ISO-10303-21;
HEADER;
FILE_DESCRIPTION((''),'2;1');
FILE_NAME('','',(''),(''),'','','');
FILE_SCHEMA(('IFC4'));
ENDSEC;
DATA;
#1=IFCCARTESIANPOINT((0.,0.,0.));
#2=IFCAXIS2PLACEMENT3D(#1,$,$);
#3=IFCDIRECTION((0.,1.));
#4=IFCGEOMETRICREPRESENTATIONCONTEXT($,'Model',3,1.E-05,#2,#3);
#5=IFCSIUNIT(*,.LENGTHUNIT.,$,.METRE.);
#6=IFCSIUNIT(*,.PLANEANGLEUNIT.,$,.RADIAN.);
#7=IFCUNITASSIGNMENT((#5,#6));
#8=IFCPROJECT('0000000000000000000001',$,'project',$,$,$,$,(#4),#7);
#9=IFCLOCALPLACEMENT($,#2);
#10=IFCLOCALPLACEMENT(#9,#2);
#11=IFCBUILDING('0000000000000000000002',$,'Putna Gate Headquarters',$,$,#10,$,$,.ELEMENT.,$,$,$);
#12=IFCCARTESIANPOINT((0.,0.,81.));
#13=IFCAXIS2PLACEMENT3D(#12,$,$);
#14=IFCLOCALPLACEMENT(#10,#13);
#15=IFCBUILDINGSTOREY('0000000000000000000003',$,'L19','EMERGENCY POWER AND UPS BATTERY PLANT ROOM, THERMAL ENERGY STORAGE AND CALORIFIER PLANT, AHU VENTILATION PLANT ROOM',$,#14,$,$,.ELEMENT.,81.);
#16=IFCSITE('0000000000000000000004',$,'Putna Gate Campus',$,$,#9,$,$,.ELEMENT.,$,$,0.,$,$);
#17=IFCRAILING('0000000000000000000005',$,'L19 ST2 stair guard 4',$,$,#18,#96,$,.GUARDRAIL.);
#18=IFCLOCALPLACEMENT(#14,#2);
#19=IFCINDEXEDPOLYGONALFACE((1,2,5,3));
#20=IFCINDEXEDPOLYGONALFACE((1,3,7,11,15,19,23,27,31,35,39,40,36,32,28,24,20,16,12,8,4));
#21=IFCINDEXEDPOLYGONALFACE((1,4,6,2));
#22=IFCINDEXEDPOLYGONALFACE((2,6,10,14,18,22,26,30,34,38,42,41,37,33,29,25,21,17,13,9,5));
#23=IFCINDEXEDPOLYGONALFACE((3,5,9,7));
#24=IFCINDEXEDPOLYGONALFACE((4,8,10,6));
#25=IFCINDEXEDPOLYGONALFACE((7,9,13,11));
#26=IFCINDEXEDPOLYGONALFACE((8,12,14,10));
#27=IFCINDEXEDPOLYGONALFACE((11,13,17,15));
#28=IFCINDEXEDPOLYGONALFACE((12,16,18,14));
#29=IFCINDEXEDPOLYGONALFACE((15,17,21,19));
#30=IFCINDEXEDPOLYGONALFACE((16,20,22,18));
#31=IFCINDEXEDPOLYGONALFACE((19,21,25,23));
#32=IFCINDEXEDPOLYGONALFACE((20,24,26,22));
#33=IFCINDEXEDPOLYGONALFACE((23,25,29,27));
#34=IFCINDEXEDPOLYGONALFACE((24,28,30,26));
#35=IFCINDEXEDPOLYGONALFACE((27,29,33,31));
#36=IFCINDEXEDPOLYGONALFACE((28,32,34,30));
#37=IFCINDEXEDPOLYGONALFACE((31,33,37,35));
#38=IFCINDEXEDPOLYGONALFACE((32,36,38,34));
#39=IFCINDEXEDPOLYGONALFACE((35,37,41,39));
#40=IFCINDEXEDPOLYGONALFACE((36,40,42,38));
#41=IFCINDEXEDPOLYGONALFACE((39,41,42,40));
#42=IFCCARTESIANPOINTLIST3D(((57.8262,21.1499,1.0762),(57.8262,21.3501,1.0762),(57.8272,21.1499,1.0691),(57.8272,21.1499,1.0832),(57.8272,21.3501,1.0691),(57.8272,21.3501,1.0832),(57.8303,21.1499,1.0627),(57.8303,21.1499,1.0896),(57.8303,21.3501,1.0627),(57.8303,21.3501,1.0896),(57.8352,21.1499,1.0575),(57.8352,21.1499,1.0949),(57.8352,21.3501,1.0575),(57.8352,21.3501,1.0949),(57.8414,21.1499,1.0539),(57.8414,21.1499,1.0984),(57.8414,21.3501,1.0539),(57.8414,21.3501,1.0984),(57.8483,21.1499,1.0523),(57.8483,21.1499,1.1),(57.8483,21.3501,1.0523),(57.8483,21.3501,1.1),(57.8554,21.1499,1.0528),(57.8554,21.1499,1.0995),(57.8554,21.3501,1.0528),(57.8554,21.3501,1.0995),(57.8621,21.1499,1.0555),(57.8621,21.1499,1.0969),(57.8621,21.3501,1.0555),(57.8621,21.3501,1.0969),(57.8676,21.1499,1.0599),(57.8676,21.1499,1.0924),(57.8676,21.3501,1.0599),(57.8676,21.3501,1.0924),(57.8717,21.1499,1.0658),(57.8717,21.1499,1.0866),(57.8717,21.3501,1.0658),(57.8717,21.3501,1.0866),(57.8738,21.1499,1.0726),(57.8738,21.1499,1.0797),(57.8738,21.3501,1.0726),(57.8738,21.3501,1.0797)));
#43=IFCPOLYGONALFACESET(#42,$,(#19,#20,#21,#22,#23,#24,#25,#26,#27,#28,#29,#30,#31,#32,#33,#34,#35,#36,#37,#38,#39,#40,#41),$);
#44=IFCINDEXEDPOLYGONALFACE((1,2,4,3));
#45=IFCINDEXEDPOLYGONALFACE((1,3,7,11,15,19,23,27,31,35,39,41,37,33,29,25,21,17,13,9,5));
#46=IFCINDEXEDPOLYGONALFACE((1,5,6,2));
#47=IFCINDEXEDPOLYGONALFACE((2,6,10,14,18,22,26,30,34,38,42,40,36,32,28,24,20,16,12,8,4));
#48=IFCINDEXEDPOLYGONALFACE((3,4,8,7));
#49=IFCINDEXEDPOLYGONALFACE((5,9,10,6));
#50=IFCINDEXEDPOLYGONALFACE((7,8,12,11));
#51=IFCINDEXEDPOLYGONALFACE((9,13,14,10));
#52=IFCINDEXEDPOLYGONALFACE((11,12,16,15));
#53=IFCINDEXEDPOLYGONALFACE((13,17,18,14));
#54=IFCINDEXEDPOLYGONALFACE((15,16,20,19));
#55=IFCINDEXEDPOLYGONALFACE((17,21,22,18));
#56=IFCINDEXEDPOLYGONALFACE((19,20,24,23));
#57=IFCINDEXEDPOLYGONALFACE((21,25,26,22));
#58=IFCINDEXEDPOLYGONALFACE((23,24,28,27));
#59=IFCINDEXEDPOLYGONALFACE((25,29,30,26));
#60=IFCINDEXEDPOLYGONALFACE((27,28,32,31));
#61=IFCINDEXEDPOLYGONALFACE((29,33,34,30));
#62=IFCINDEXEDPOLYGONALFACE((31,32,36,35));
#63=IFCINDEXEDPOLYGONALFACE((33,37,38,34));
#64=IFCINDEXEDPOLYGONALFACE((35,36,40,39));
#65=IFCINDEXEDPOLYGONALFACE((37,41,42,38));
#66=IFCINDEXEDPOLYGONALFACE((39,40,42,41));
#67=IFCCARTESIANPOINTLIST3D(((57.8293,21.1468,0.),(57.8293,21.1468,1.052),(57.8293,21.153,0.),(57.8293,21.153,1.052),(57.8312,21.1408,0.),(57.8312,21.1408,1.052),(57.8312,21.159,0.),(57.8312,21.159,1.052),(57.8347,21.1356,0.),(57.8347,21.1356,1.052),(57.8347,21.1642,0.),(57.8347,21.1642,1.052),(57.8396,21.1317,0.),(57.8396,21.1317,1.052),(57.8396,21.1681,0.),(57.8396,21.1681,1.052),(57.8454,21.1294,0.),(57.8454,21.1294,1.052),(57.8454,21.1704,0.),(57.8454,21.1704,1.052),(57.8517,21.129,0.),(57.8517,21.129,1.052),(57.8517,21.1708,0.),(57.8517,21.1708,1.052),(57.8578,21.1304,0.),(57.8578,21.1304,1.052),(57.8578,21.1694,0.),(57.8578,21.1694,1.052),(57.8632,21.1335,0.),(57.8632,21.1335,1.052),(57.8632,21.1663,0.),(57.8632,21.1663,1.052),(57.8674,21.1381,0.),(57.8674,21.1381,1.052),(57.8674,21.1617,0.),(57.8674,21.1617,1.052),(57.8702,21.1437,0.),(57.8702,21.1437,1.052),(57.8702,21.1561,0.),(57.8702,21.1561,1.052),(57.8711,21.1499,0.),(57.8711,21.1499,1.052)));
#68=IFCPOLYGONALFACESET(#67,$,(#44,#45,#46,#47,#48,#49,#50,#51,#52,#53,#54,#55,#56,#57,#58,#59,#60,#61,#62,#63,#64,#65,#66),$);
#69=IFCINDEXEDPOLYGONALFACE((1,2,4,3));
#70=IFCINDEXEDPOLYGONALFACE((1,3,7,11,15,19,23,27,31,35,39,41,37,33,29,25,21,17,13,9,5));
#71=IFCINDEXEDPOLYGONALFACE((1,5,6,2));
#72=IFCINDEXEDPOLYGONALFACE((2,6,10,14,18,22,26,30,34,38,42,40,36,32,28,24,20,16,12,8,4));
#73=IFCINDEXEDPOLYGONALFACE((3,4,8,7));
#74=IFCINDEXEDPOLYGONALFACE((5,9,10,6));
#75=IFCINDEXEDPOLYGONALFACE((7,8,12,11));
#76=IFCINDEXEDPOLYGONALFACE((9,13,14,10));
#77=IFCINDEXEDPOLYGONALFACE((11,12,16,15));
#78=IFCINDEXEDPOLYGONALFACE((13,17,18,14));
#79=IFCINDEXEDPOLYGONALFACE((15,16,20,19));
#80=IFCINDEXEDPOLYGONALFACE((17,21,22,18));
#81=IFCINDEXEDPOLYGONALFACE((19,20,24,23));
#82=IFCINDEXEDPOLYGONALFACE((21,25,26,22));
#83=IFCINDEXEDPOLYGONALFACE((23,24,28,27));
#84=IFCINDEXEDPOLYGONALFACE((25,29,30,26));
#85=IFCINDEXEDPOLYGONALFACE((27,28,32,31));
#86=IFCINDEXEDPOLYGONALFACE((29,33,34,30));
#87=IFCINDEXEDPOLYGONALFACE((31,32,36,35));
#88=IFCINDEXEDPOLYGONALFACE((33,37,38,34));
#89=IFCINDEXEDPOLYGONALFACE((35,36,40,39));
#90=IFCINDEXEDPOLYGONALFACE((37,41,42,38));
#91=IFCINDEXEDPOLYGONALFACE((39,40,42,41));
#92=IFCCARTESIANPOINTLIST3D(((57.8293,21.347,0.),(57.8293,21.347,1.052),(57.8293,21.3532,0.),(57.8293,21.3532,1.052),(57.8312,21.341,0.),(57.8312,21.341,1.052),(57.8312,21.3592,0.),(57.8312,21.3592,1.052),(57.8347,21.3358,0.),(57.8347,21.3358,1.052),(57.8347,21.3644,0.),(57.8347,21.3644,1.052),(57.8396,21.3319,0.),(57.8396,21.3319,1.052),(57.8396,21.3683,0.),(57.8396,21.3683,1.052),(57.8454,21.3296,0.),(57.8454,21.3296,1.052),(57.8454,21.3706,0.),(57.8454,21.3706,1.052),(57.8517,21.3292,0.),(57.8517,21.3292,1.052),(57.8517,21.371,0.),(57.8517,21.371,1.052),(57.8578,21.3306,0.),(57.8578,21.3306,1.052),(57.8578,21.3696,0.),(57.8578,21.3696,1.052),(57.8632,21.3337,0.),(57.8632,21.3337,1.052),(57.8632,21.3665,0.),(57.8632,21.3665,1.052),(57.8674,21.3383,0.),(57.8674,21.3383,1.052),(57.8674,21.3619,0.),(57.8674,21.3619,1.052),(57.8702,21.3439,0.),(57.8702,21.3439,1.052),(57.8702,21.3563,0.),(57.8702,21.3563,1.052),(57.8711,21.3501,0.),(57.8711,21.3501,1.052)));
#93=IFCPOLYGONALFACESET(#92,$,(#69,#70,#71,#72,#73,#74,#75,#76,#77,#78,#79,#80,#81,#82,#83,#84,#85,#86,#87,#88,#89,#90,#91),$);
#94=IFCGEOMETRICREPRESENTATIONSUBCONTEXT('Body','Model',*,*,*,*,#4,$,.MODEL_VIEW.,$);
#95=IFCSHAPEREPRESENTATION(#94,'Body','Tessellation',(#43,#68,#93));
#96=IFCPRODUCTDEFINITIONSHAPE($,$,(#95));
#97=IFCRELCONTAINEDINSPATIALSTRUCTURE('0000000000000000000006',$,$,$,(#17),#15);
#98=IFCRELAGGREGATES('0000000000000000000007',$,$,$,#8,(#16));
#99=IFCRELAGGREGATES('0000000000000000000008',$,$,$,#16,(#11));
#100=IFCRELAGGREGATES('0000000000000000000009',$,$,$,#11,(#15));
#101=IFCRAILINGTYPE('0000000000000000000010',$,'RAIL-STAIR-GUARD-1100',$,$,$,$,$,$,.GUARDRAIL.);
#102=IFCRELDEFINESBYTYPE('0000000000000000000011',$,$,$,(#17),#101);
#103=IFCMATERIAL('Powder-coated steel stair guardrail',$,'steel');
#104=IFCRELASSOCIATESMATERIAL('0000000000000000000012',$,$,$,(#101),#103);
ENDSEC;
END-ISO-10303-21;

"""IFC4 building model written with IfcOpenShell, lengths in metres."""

from ifc_helpers import new_model, si_unit, direction, frame, origin, origin_2d, place, context, subcontext, project, spatial, circle, extrude, material, type_object, element, save


model = new_model("IFC4")

# Units and contexts
model_context = context("Model", 3, precision=1e-05, world=origin(), true_north=direction((0.0, 1.0)))
body_context = subcontext(model_context, "Body", "Model", "MODEL_VIEW")
ifc_project = project(units=[si_unit("LENGTHUNIT", "METRE"), si_unit("PLANEANGLEUNIT", "RADIAN")], contexts=[model_context])

# Site, building, storey
site_placement = place(None, origin())
site = spatial("IfcSite", under=ifc_project, at=site_placement, Name="Putna Gate Campus", CompositionType="ELEMENT", RefElevation=0.0)
building_placement = place(site_placement, origin())
building = spatial("IfcBuilding", under=site, at=building_placement, Name="Putna Gate Headquarters", CompositionType="ELEMENT")
storey_placement = place(building_placement, frame((0.0, 0.0, 81.0)))
storey = spatial("IfcBuildingStorey", under=building, at=storey_placement, Name="L19", Description="EMERGENCY POWER AND UPS BATTERY PLANT ROOM, THERMAL ENERGY STORAGE AND CALORIFIER PLANT, AHU VENTILATION PLANT ROOM", CompositionType="ELEMENT", Elevation=81.0)

# Railing
ifc_material_1 = material(Name="Powder-coated steel stair guardrail", Category="steel")
railing_type_1 = type_object("IfcRailingType", Name="RAIL-STAIR-GUARD-1100", PredefinedType="GUARDRAIL", material=ifc_material_1)
railing_1_placement = place(storey_placement, frame((57.8501, 21.1499, 0.0)))
element("IfcRailing", 1, at=railing_1_placement, inside=storey, type_object=railing_type_1, Name="L19 ST2 stair guard 4", PredefinedType="GUARDRAIL", context=body_context, shape_type="SweptSolid", body=[
    extrude(circle(Radius=0.0239, at=origin_2d()), frame((0.0, 0.0, 1.0762), z_axis=(0.0, 1.0, 0.0), x_axis=(-1.0, 0.0, 0.0)), (0.0, 0.0, 1.0), 0.2002),
    extrude(circle(Radius=0.021, at=origin_2d()), origin(), (0.0, 0.0, 1.0), 1.052),
    extrude(circle(Radius=0.021, at=origin_2d()), frame((0.0, 0.2002, 0.0)), (0.0, 0.0, 1.0), 1.052),
])

save(model, "model.ifc")
